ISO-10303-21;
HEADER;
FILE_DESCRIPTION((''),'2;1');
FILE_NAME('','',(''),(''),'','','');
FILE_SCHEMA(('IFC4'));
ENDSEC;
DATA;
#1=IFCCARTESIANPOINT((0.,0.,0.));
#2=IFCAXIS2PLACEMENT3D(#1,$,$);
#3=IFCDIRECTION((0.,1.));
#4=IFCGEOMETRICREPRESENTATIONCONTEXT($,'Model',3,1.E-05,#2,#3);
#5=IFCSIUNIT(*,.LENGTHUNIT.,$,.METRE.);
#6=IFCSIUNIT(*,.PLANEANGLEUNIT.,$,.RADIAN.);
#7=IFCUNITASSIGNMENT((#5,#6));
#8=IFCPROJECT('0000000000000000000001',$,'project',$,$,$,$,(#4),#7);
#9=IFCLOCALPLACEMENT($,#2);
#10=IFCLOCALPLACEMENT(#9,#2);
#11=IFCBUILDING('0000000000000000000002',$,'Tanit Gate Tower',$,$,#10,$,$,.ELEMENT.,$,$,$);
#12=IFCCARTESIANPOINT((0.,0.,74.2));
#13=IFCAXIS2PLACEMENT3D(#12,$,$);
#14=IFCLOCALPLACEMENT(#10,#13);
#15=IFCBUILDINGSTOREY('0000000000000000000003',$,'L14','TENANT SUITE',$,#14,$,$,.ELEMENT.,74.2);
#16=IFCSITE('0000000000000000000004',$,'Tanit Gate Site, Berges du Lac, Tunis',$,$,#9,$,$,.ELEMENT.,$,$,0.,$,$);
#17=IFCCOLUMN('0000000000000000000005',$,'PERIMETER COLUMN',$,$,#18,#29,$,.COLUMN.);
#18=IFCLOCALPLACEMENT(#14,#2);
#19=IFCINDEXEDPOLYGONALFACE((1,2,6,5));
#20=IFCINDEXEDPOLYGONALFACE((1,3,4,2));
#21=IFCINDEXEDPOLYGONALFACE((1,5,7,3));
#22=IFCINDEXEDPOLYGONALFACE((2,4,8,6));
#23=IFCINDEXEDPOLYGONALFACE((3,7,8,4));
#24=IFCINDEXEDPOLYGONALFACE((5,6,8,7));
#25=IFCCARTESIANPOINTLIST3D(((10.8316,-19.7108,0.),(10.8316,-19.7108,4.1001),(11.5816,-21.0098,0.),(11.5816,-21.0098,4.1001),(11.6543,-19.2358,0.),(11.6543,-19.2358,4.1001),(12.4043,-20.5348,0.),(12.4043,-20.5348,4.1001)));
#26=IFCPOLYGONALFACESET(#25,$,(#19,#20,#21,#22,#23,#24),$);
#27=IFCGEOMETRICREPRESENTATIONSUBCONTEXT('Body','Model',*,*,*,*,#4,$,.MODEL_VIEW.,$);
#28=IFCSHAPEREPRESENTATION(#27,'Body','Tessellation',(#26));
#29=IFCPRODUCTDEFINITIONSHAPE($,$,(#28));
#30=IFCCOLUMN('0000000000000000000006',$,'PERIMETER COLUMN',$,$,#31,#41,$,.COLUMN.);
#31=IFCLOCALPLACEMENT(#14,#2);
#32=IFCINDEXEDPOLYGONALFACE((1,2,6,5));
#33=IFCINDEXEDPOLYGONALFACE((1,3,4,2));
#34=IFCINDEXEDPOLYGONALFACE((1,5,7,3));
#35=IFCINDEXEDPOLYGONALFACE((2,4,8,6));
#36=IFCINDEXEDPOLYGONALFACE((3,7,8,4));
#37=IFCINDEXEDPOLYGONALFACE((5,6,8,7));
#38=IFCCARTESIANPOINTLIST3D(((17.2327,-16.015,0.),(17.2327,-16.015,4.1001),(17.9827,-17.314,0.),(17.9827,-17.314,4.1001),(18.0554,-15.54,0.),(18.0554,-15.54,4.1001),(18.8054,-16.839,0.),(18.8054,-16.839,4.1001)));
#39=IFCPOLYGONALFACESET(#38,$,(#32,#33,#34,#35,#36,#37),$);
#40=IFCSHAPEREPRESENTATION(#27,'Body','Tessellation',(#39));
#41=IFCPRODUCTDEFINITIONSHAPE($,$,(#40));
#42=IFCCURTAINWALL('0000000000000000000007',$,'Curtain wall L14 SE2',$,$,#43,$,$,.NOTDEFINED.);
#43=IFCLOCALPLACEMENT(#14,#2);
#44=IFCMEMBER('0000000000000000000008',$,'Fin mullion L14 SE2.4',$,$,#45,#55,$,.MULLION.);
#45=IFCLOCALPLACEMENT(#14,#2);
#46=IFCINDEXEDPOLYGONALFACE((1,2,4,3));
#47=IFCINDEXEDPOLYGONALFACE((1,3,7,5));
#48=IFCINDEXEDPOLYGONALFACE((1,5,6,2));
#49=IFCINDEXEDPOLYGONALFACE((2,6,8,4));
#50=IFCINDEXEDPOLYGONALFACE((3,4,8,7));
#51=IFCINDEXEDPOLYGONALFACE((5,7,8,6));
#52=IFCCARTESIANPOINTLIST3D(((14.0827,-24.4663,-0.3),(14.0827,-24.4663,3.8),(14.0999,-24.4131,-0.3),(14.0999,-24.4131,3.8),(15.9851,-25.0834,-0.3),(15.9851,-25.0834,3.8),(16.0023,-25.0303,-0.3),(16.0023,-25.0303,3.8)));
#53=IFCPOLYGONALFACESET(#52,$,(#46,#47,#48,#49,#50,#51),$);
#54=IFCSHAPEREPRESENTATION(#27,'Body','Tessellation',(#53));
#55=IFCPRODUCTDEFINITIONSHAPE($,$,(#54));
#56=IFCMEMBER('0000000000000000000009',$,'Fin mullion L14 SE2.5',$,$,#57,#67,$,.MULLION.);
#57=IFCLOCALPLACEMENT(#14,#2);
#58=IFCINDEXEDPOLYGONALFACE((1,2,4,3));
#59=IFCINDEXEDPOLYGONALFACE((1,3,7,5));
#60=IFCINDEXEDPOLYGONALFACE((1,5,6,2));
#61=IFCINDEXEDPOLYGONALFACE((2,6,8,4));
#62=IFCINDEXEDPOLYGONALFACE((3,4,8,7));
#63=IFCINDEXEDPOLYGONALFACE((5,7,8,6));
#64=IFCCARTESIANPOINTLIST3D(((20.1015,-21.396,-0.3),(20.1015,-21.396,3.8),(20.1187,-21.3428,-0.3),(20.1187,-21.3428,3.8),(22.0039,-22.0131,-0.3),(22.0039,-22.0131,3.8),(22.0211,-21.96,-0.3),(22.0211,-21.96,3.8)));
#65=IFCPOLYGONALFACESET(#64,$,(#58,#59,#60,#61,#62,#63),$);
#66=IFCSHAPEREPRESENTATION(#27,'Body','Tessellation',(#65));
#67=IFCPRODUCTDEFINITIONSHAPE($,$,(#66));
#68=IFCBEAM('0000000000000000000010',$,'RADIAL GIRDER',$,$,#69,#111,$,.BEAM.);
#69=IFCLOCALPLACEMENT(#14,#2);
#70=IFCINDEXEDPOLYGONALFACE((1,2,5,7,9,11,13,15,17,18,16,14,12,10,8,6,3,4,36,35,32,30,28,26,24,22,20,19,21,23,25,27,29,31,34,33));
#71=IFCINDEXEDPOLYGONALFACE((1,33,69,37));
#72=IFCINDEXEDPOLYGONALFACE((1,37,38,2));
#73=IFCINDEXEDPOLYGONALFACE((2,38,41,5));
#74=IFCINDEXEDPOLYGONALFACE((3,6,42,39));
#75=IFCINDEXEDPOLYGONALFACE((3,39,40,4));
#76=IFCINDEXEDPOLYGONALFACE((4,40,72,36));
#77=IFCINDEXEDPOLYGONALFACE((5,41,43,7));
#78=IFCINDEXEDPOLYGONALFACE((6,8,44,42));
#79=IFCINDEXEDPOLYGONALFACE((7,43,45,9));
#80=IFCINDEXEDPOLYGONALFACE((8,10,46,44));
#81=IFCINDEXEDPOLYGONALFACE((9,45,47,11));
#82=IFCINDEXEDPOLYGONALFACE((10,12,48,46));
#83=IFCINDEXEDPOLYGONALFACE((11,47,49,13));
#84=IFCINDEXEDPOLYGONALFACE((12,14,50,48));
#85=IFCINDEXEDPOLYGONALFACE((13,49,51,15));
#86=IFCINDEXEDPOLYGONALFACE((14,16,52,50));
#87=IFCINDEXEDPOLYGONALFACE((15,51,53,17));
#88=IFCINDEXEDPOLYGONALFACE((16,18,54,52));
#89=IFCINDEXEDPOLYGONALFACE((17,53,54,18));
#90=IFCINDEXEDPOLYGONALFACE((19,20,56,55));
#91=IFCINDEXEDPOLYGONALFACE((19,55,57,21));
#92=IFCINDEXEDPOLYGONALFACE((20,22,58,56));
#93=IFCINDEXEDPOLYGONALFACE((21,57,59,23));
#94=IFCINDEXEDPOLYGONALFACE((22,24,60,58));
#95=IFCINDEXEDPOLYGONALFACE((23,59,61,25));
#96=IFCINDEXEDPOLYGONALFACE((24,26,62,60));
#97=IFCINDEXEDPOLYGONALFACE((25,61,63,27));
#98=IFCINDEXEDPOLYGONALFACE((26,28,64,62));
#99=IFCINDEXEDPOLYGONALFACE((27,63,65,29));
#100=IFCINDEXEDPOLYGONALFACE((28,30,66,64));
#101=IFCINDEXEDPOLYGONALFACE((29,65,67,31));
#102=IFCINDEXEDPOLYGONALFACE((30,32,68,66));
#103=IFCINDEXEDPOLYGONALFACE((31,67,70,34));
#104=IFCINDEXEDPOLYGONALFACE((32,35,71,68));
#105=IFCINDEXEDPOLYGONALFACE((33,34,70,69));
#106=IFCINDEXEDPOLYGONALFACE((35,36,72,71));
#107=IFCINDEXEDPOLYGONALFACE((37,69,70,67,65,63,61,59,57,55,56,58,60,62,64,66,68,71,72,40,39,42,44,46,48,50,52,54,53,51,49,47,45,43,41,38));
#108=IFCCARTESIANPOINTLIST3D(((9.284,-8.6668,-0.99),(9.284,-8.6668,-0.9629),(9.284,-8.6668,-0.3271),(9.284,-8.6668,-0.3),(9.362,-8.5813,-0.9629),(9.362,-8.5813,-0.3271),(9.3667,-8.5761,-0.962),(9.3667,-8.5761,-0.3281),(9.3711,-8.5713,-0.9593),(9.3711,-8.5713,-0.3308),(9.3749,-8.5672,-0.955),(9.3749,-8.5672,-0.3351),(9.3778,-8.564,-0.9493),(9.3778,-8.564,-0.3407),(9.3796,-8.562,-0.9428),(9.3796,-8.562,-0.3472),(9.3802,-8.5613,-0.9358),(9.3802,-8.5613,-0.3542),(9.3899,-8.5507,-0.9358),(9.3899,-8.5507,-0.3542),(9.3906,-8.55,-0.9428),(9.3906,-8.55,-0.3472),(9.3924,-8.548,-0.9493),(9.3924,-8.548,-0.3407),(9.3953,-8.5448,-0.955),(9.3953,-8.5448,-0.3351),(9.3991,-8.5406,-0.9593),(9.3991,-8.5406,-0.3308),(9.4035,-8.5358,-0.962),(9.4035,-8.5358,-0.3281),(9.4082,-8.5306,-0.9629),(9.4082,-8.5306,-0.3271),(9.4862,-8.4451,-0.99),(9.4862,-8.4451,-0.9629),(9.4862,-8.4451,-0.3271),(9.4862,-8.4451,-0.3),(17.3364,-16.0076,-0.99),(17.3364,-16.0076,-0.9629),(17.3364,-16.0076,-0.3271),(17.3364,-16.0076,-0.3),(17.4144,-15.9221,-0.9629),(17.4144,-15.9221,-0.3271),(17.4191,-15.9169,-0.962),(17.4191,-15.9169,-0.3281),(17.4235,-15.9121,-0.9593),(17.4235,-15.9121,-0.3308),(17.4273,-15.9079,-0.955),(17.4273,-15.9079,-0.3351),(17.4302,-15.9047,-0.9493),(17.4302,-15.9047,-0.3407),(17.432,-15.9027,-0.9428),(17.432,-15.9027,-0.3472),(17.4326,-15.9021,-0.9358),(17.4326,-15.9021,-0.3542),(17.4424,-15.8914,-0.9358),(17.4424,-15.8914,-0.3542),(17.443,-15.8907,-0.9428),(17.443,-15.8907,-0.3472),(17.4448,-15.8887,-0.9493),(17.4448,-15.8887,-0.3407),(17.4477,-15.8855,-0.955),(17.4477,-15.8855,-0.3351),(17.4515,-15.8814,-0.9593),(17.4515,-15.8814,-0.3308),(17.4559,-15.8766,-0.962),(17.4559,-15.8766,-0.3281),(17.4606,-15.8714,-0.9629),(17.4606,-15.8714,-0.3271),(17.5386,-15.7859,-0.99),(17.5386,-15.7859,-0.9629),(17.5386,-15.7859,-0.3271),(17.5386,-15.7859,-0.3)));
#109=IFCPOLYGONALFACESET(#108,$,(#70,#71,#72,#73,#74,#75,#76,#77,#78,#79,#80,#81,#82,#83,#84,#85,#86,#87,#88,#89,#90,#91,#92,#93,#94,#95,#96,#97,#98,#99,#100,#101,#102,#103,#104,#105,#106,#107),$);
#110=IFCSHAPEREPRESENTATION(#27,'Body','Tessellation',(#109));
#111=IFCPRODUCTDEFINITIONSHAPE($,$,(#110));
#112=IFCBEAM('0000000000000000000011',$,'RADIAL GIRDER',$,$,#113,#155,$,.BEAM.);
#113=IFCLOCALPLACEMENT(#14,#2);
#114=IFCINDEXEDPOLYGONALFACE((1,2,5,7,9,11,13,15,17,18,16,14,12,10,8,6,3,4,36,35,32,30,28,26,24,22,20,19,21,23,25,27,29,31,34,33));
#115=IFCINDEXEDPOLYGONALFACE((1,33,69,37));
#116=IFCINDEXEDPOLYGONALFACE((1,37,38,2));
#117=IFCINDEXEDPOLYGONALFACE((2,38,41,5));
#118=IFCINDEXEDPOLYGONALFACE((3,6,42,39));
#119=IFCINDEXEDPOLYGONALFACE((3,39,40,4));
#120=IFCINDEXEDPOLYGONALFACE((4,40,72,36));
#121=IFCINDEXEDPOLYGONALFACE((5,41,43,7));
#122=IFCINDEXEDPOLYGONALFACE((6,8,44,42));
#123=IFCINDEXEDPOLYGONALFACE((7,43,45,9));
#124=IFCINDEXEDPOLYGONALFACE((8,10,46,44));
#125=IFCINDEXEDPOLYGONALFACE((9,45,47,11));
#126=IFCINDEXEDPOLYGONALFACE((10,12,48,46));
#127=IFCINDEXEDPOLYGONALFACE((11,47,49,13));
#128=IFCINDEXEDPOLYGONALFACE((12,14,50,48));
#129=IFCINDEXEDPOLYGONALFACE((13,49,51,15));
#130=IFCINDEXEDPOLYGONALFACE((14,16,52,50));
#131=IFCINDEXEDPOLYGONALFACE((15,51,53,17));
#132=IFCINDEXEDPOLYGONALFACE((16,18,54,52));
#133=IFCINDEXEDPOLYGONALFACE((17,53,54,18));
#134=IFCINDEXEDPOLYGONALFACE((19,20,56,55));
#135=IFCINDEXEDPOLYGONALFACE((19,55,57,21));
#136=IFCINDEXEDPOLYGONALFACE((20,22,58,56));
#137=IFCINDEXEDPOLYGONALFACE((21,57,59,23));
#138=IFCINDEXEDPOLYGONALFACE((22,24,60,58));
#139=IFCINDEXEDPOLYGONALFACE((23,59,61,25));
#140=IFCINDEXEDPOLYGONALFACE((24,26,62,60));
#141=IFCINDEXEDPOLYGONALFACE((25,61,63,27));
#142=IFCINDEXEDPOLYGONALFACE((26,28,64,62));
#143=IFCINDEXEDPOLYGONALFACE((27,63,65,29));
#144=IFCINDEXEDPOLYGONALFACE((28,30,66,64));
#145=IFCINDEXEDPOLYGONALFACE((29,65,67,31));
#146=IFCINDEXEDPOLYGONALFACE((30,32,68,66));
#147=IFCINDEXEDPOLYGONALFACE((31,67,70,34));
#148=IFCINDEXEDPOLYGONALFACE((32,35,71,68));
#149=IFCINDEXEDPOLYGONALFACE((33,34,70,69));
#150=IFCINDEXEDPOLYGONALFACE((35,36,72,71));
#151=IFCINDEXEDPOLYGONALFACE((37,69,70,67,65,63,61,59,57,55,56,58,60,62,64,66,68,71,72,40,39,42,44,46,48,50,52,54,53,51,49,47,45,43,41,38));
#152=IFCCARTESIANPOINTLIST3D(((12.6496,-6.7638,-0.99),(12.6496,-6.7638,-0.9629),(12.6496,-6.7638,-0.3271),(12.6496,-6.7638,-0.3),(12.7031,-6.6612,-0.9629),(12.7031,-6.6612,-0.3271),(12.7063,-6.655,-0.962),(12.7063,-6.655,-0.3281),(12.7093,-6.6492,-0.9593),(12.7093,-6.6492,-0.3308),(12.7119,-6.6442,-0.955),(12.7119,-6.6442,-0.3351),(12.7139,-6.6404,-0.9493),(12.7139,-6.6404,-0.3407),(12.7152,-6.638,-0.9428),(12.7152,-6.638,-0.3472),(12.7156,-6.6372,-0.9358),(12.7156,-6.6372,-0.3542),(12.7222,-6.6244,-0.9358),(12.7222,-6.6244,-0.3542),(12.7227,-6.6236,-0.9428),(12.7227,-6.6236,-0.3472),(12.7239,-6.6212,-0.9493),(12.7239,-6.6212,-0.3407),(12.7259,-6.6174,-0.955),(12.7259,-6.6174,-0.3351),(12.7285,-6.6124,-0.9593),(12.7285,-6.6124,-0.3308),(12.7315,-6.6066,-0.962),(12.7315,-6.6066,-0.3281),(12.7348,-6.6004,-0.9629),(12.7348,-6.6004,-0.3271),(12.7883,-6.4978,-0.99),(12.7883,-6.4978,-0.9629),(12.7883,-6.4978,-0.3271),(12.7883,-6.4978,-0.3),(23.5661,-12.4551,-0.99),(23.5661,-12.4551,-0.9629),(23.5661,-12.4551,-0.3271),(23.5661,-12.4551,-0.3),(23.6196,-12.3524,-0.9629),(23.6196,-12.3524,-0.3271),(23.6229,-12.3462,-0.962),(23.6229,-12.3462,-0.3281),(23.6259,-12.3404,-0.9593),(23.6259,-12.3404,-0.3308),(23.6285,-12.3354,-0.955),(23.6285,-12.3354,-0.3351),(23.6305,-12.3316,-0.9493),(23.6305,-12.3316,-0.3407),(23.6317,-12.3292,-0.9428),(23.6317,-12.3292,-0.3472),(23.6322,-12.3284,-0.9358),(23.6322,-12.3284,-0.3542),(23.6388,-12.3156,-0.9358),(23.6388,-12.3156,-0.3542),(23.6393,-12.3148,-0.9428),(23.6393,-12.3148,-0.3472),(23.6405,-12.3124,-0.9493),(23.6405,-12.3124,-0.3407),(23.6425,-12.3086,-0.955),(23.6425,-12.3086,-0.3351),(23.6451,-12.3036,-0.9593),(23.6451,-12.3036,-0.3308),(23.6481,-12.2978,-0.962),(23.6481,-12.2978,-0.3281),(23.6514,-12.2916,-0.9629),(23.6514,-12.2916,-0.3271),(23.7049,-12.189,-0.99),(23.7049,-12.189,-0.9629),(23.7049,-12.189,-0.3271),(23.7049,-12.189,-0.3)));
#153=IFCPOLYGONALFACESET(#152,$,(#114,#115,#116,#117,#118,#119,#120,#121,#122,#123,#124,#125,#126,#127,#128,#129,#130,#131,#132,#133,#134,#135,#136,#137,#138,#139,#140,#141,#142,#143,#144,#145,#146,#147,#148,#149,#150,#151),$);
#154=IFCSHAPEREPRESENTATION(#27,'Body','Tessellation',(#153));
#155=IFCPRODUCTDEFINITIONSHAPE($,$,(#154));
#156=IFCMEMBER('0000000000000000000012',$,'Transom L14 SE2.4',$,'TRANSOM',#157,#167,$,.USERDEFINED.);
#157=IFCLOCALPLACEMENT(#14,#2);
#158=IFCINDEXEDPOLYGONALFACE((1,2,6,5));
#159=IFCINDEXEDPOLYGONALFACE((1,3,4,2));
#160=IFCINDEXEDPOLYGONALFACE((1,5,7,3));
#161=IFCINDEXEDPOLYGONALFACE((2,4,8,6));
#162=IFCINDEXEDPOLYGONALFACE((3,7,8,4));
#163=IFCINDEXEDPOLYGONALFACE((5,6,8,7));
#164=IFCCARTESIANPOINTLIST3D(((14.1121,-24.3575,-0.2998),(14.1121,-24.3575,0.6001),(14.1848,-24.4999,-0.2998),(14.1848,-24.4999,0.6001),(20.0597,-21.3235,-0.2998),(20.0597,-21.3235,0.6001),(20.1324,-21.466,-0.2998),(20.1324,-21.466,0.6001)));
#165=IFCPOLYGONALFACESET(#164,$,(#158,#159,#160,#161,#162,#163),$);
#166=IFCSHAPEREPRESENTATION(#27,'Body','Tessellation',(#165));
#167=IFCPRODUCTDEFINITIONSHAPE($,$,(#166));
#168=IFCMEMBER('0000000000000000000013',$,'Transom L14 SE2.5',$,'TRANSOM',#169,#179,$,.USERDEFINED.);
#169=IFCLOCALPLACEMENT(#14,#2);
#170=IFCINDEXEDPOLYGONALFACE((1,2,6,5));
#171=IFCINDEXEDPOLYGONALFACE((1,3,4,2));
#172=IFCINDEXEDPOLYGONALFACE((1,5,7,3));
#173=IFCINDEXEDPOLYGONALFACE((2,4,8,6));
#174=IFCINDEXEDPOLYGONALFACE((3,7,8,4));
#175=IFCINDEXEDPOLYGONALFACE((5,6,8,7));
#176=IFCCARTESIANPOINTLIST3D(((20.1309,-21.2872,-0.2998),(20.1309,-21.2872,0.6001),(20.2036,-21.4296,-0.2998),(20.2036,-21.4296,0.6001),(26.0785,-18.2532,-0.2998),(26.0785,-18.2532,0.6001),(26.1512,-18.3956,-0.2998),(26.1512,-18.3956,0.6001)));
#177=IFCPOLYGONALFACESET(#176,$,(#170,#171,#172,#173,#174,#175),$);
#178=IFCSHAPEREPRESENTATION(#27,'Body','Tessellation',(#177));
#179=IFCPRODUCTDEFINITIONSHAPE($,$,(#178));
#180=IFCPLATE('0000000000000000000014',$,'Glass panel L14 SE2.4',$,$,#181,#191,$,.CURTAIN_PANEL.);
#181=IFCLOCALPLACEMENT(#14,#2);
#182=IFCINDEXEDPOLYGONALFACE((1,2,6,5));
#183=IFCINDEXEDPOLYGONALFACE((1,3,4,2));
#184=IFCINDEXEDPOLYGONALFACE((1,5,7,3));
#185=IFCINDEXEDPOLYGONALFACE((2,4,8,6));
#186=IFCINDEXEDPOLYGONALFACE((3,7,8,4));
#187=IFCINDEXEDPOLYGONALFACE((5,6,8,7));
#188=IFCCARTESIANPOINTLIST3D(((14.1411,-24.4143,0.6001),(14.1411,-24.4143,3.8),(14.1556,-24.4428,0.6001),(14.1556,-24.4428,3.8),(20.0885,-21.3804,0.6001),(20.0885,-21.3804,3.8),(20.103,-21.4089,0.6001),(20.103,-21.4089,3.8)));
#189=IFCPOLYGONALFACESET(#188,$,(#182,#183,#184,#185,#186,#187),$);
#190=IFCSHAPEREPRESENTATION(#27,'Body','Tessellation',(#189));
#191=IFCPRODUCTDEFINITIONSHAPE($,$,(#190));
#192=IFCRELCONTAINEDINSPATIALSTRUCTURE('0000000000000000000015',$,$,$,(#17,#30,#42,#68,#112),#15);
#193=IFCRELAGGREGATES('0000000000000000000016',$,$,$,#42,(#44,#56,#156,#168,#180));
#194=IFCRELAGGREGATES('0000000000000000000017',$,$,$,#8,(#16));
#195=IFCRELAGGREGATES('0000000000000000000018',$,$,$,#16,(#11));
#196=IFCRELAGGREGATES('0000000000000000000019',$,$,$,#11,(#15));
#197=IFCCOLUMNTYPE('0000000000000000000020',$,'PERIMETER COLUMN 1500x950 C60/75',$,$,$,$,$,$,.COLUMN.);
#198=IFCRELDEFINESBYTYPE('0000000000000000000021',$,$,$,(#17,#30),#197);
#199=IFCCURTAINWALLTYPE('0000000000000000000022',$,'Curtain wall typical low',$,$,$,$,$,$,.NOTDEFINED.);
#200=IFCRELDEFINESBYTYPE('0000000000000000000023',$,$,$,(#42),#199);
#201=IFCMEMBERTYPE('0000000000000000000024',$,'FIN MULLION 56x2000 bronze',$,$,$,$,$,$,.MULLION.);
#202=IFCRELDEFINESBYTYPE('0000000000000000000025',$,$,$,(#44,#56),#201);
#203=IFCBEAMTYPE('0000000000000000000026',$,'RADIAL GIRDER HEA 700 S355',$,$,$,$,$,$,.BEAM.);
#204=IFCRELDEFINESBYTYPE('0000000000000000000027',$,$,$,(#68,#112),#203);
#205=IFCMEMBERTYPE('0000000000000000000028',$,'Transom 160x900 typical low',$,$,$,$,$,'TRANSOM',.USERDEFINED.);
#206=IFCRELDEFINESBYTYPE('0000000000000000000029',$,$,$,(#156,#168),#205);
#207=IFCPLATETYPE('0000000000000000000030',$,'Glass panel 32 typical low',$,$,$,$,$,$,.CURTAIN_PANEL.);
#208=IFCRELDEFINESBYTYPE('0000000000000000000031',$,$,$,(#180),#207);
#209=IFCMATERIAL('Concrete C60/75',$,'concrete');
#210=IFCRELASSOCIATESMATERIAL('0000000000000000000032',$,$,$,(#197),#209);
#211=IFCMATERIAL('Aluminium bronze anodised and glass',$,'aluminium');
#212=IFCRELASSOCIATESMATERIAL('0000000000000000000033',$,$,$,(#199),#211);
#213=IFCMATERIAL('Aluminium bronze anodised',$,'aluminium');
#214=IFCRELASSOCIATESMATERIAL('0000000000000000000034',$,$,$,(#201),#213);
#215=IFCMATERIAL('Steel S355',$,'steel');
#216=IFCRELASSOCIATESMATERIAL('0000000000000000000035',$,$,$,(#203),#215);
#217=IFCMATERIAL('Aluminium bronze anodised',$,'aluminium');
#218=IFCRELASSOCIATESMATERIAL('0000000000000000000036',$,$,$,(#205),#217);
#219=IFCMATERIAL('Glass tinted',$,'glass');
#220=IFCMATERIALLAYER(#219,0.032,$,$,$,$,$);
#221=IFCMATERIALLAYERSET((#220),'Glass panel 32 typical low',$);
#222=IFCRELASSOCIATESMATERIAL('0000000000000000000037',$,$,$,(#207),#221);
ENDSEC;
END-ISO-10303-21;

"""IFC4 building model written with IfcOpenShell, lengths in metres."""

from ifc_helpers import new_model, si_unit, direction, frame, origin, origin_2d, place, context, subcontext, project, spatial, rectangle, i_section, extrude, material, layer, layer_set, material_profile, profile_set, type_object, element, aggregate, save


model = new_model("IFC4")

# Units and contexts
model_context = context("Model", 3, precision=1e-05, world=origin(), true_north=direction((0.0, 1.0)))
body_context = subcontext(model_context, "Body", "Model", "MODEL_VIEW")
ifc_project = project(units=[si_unit("LENGTHUNIT", "METRE"), si_unit("PLANEANGLEUNIT", "RADIAN")], contexts=[model_context])

# Site, building, storey
site_placement = place(None, origin())
site = spatial("IfcSite", under=ifc_project, at=site_placement, Name="Tanit Gate Site, Berges du Lac, Tunis", CompositionType="ELEMENT", RefElevation=0.0)
building_placement = place(site_placement, origin())
building = spatial("IfcBuilding", under=site, at=building_placement, Name="Tanit Gate Tower", CompositionType="ELEMENT")
storey_placement = place(building_placement, frame((0.0, 0.0, 74.2)))
storey = spatial("IfcBuildingStorey", under=building, at=storey_placement, Name="L14", Description="TENANT SUITE", CompositionType="ELEMENT", Elevation=74.2)

# Columns
ifc_material_1 = material(Name="Concrete C60/75", Category="concrete")
ifc_material_profile_1 = material_profile(ifc_material_1, rectangle(XDim=1.5, YDim=0.95, at=origin_2d()), Name="RC 1500x950")
ifc_profile_set_1 = profile_set([ifc_material_profile_1], Name="Concrete C60/75")
column_type = type_object("IfcColumnType", Name="PERIMETER COLUMN 1500x950 C60/75", PredefinedType="COLUMN", material=ifc_profile_set_1)
for number, where, z_axis, x_axis, name in (
    (1, (11.6179, -20.1228, 0.0), (0.0, 0.0, 1.0), (0.5, -0.866025, 0.0), "PERIMETER COLUMN"),
    (2, (18.019, -16.427, 0.0), (0.0, 0.0, 1.0), (0.5, -0.866025, 0.0), "PERIMETER COLUMN"),
):
    element("IfcColumn", number, at=place(storey_placement, frame(where, z_axis=z_axis, x_axis=x_axis)), inside=storey, type_object=column_type, Name=name, PredefinedType="COLUMN", context=body_context, shape_type="SweptSolid", body=[
        extrude(rectangle(XDim=1.5, YDim=0.95, at=origin_2d()), origin(), (0.0, 0.0, 1.0), 4.1001),
    ])

# Curtain wall, members
ifc_material_2 = material(Name="Aluminium bronze anodised and glass", Category="aluminium")
curtain_wall_type = type_object("IfcCurtainWallType", Name="Curtain wall typical low", PredefinedType="NOTDEFINED", material=ifc_material_2)
curtain_wall_placement = place(storey_placement, origin())
curtain_wall = element("IfcCurtainWall", 3, at=curtain_wall_placement, inside=storey, type_object=curtain_wall_type, Name="Curtain wall L14 SE2", PredefinedType="NOTDEFINED")
ifc_material_3 = material(Name="Aluminium bronze anodised", Category="aluminium")
ifc_material_profile_2 = material_profile(ifc_material_3, rectangle(XDim=2.0, YDim=0.0559, at=origin_2d()), Name="56x2000 bronze fin mullion")
ifc_profile_set_2 = profile_set([ifc_material_profile_2], Name="Aluminium bronze anodised")
member_type_1 = type_object("IfcMemberType", Name="FIN MULLION 56x2000 bronze", PredefinedType="MULLION", material=ifc_profile_set_2)
member_1_placement = place(storey_placement, frame((15.0425, -24.7483, -0.3), z_axis=(0.0, 0.0, 1.0), x_axis=(-0.951202, 0.308568, 0.0)))
member_1 = element("IfcMember", 4, at=member_1_placement, type_object=member_type_1, Name="Fin mullion L14 SE2.4", PredefinedType="MULLION", context=body_context, shape_type="SweptSolid", body=[
    extrude(rectangle(XDim=2.0, YDim=0.0559, at=origin_2d()), origin(), (0.0, 0.0, 1.0), 4.1001),
])
member_2_placement = place(storey_placement, frame((21.0613, -21.678, -0.3), z_axis=(0.0, 0.0, 1.0), x_axis=(-0.951202, 0.308568, 0.0)))
member_2 = element("IfcMember", 5, at=member_2_placement, type_object=member_type_1, Name="Fin mullion L14 SE2.5", PredefinedType="MULLION", context=body_context, shape_type="SweptSolid", body=[
    extrude(rectangle(XDim=2.0, YDim=0.0559, at=origin_2d()), origin(), (0.0, 0.0, 1.0), 4.1001),
])

# Beams
ifc_material_4 = material(Name="Steel S355", Category="steel")
ifc_material_profile_3 = material_profile(ifc_material_4, i_section(OverallWidth=0.3, OverallDepth=0.6899, WebThickness=0.0144, FlangeThickness=0.0271, FilletRadius=0.0271, at=origin_2d()), Name="HEA 700")
ifc_profile_set_3 = profile_set([ifc_material_profile_3], Name="Steel S355")
beam_type = type_object("IfcBeamType", Name="RADIAL GIRDER HEA 700 S355", PredefinedType="BEAM", material=ifc_profile_set_3)
beam_1_placement = place(storey_placement, frame((17.4375, -15.8967, -0.645), z_axis=(-0.739009, 0.673696, 0.0), x_axis=(-0.673696, -0.739009, 0.0)))
element("IfcBeam", 6, at=beam_1_placement, inside=storey, type_object=beam_type, Name="RADIAL GIRDER", PredefinedType="BEAM", context=body_context, shape_type="SweptSolid", body=[
    extrude(i_section(OverallWidth=0.3, OverallDepth=0.6899, WebThickness=0.0144, FlangeThickness=0.0271, FilletRadius=0.0271, at=origin_2d()), origin(), (0.0, 0.0, 1.0), 10.8962),
])
beam_2_placement = place(storey_placement, frame((23.6355, -12.322, -0.645), z_axis=(-0.886732, 0.462285, 0.0), x_axis=(-0.462285, -0.886732, 0.0)))
element("IfcBeam", 7, at=beam_2_placement, inside=storey, type_object=beam_type, Name="RADIAL GIRDER", PredefinedType="BEAM", context=body_context, shape_type="SweptSolid", body=[
    extrude(i_section(OverallWidth=0.3, OverallDepth=0.6899, WebThickness=0.0144, FlangeThickness=0.0271, FilletRadius=0.0271, at=origin_2d()), origin(), (0.0, 0.0, 1.0), 12.311),
])

# Members
ifc_material_5 = material(Name="Aluminium bronze anodised", Category="aluminium")
ifc_material_profile_4 = material_profile(ifc_material_5, rectangle(XDim=0.1599, YDim=0.8999, at=origin_2d()), Name="160x900 bronze transom")
ifc_profile_set_4 = profile_set([ifc_material_profile_4], Name="Aluminium bronze anodised")
member_type_2 = type_object("IfcMemberType", Name="Transom 160x900 typical low", ElementType="TRANSOM", PredefinedType="USERDEFINED", material=ifc_profile_set_4)
member_3_placement = place(storey_placement, frame((14.1484, -24.4287, 0.1501), z_axis=(0.890793, 0.45441, 0.0), x_axis=(-0.45441, 0.890793, 0.0)))
member_3 = element("IfcMember", 8, at=member_3_placement, type_object=member_type_2, Name="Transom L14 SE2.4", ObjectType="TRANSOM", PredefinedType="USERDEFINED", context=body_context, shape_type="SweptSolid", body=[
    extrude(rectangle(XDim=0.1599, YDim=0.8999, at=origin_2d()), origin(), (0.0, 0.0, 1.0), 6.6768),
])
member_4_placement = place(storey_placement, frame((20.1672, -21.3584, 0.1501), z_axis=(0.890793, 0.45441, 0.0), x_axis=(-0.45441, 0.890793, 0.0)))
member_4 = element("IfcMember", 9, at=member_4_placement, type_object=member_type_2, Name="Transom L14 SE2.5", ObjectType="TRANSOM", PredefinedType="USERDEFINED", context=body_context, shape_type="SweptSolid", body=[
    extrude(rectangle(XDim=0.1599, YDim=0.8999, at=origin_2d()), origin(), (0.0, 0.0, 1.0), 6.6768),
])

# Plate
ifc_material_6 = material(Name="Glass tinted", Category="glass")
ifc_layer_1 = layer(ifc_material_6, 0.032)
ifc_layer_set_1 = layer_set([ifc_layer_1], Name="Glass panel 32 typical low")
plate_type = type_object("IfcPlateType", Name="Glass panel 32 typical low", PredefinedType="CURTAIN_PANEL", material=ifc_layer_set_1)
plate_1_placement = place(storey_placement, frame((17.1221, -22.9116, 0.6001), z_axis=(0.0, 0.0, 1.0), x_axis=(0.890792, 0.454411, 0.0)))
plate_1 = element("IfcPlate", 10, at=plate_1_placement, type_object=plate_type, Name="Glass panel L14 SE2.4", PredefinedType="CURTAIN_PANEL", context=body_context, shape_type="SweptSolid", body=[
    extrude(rectangle(XDim=6.6765, YDim=0.032, at=origin_2d()), origin(), (0.0, 0.0, 1.0), 3.2),
])
aggregate(curtain_wall, [member_1, member_2, member_3, member_4, plate_1])

save(model, "model.ifc")
